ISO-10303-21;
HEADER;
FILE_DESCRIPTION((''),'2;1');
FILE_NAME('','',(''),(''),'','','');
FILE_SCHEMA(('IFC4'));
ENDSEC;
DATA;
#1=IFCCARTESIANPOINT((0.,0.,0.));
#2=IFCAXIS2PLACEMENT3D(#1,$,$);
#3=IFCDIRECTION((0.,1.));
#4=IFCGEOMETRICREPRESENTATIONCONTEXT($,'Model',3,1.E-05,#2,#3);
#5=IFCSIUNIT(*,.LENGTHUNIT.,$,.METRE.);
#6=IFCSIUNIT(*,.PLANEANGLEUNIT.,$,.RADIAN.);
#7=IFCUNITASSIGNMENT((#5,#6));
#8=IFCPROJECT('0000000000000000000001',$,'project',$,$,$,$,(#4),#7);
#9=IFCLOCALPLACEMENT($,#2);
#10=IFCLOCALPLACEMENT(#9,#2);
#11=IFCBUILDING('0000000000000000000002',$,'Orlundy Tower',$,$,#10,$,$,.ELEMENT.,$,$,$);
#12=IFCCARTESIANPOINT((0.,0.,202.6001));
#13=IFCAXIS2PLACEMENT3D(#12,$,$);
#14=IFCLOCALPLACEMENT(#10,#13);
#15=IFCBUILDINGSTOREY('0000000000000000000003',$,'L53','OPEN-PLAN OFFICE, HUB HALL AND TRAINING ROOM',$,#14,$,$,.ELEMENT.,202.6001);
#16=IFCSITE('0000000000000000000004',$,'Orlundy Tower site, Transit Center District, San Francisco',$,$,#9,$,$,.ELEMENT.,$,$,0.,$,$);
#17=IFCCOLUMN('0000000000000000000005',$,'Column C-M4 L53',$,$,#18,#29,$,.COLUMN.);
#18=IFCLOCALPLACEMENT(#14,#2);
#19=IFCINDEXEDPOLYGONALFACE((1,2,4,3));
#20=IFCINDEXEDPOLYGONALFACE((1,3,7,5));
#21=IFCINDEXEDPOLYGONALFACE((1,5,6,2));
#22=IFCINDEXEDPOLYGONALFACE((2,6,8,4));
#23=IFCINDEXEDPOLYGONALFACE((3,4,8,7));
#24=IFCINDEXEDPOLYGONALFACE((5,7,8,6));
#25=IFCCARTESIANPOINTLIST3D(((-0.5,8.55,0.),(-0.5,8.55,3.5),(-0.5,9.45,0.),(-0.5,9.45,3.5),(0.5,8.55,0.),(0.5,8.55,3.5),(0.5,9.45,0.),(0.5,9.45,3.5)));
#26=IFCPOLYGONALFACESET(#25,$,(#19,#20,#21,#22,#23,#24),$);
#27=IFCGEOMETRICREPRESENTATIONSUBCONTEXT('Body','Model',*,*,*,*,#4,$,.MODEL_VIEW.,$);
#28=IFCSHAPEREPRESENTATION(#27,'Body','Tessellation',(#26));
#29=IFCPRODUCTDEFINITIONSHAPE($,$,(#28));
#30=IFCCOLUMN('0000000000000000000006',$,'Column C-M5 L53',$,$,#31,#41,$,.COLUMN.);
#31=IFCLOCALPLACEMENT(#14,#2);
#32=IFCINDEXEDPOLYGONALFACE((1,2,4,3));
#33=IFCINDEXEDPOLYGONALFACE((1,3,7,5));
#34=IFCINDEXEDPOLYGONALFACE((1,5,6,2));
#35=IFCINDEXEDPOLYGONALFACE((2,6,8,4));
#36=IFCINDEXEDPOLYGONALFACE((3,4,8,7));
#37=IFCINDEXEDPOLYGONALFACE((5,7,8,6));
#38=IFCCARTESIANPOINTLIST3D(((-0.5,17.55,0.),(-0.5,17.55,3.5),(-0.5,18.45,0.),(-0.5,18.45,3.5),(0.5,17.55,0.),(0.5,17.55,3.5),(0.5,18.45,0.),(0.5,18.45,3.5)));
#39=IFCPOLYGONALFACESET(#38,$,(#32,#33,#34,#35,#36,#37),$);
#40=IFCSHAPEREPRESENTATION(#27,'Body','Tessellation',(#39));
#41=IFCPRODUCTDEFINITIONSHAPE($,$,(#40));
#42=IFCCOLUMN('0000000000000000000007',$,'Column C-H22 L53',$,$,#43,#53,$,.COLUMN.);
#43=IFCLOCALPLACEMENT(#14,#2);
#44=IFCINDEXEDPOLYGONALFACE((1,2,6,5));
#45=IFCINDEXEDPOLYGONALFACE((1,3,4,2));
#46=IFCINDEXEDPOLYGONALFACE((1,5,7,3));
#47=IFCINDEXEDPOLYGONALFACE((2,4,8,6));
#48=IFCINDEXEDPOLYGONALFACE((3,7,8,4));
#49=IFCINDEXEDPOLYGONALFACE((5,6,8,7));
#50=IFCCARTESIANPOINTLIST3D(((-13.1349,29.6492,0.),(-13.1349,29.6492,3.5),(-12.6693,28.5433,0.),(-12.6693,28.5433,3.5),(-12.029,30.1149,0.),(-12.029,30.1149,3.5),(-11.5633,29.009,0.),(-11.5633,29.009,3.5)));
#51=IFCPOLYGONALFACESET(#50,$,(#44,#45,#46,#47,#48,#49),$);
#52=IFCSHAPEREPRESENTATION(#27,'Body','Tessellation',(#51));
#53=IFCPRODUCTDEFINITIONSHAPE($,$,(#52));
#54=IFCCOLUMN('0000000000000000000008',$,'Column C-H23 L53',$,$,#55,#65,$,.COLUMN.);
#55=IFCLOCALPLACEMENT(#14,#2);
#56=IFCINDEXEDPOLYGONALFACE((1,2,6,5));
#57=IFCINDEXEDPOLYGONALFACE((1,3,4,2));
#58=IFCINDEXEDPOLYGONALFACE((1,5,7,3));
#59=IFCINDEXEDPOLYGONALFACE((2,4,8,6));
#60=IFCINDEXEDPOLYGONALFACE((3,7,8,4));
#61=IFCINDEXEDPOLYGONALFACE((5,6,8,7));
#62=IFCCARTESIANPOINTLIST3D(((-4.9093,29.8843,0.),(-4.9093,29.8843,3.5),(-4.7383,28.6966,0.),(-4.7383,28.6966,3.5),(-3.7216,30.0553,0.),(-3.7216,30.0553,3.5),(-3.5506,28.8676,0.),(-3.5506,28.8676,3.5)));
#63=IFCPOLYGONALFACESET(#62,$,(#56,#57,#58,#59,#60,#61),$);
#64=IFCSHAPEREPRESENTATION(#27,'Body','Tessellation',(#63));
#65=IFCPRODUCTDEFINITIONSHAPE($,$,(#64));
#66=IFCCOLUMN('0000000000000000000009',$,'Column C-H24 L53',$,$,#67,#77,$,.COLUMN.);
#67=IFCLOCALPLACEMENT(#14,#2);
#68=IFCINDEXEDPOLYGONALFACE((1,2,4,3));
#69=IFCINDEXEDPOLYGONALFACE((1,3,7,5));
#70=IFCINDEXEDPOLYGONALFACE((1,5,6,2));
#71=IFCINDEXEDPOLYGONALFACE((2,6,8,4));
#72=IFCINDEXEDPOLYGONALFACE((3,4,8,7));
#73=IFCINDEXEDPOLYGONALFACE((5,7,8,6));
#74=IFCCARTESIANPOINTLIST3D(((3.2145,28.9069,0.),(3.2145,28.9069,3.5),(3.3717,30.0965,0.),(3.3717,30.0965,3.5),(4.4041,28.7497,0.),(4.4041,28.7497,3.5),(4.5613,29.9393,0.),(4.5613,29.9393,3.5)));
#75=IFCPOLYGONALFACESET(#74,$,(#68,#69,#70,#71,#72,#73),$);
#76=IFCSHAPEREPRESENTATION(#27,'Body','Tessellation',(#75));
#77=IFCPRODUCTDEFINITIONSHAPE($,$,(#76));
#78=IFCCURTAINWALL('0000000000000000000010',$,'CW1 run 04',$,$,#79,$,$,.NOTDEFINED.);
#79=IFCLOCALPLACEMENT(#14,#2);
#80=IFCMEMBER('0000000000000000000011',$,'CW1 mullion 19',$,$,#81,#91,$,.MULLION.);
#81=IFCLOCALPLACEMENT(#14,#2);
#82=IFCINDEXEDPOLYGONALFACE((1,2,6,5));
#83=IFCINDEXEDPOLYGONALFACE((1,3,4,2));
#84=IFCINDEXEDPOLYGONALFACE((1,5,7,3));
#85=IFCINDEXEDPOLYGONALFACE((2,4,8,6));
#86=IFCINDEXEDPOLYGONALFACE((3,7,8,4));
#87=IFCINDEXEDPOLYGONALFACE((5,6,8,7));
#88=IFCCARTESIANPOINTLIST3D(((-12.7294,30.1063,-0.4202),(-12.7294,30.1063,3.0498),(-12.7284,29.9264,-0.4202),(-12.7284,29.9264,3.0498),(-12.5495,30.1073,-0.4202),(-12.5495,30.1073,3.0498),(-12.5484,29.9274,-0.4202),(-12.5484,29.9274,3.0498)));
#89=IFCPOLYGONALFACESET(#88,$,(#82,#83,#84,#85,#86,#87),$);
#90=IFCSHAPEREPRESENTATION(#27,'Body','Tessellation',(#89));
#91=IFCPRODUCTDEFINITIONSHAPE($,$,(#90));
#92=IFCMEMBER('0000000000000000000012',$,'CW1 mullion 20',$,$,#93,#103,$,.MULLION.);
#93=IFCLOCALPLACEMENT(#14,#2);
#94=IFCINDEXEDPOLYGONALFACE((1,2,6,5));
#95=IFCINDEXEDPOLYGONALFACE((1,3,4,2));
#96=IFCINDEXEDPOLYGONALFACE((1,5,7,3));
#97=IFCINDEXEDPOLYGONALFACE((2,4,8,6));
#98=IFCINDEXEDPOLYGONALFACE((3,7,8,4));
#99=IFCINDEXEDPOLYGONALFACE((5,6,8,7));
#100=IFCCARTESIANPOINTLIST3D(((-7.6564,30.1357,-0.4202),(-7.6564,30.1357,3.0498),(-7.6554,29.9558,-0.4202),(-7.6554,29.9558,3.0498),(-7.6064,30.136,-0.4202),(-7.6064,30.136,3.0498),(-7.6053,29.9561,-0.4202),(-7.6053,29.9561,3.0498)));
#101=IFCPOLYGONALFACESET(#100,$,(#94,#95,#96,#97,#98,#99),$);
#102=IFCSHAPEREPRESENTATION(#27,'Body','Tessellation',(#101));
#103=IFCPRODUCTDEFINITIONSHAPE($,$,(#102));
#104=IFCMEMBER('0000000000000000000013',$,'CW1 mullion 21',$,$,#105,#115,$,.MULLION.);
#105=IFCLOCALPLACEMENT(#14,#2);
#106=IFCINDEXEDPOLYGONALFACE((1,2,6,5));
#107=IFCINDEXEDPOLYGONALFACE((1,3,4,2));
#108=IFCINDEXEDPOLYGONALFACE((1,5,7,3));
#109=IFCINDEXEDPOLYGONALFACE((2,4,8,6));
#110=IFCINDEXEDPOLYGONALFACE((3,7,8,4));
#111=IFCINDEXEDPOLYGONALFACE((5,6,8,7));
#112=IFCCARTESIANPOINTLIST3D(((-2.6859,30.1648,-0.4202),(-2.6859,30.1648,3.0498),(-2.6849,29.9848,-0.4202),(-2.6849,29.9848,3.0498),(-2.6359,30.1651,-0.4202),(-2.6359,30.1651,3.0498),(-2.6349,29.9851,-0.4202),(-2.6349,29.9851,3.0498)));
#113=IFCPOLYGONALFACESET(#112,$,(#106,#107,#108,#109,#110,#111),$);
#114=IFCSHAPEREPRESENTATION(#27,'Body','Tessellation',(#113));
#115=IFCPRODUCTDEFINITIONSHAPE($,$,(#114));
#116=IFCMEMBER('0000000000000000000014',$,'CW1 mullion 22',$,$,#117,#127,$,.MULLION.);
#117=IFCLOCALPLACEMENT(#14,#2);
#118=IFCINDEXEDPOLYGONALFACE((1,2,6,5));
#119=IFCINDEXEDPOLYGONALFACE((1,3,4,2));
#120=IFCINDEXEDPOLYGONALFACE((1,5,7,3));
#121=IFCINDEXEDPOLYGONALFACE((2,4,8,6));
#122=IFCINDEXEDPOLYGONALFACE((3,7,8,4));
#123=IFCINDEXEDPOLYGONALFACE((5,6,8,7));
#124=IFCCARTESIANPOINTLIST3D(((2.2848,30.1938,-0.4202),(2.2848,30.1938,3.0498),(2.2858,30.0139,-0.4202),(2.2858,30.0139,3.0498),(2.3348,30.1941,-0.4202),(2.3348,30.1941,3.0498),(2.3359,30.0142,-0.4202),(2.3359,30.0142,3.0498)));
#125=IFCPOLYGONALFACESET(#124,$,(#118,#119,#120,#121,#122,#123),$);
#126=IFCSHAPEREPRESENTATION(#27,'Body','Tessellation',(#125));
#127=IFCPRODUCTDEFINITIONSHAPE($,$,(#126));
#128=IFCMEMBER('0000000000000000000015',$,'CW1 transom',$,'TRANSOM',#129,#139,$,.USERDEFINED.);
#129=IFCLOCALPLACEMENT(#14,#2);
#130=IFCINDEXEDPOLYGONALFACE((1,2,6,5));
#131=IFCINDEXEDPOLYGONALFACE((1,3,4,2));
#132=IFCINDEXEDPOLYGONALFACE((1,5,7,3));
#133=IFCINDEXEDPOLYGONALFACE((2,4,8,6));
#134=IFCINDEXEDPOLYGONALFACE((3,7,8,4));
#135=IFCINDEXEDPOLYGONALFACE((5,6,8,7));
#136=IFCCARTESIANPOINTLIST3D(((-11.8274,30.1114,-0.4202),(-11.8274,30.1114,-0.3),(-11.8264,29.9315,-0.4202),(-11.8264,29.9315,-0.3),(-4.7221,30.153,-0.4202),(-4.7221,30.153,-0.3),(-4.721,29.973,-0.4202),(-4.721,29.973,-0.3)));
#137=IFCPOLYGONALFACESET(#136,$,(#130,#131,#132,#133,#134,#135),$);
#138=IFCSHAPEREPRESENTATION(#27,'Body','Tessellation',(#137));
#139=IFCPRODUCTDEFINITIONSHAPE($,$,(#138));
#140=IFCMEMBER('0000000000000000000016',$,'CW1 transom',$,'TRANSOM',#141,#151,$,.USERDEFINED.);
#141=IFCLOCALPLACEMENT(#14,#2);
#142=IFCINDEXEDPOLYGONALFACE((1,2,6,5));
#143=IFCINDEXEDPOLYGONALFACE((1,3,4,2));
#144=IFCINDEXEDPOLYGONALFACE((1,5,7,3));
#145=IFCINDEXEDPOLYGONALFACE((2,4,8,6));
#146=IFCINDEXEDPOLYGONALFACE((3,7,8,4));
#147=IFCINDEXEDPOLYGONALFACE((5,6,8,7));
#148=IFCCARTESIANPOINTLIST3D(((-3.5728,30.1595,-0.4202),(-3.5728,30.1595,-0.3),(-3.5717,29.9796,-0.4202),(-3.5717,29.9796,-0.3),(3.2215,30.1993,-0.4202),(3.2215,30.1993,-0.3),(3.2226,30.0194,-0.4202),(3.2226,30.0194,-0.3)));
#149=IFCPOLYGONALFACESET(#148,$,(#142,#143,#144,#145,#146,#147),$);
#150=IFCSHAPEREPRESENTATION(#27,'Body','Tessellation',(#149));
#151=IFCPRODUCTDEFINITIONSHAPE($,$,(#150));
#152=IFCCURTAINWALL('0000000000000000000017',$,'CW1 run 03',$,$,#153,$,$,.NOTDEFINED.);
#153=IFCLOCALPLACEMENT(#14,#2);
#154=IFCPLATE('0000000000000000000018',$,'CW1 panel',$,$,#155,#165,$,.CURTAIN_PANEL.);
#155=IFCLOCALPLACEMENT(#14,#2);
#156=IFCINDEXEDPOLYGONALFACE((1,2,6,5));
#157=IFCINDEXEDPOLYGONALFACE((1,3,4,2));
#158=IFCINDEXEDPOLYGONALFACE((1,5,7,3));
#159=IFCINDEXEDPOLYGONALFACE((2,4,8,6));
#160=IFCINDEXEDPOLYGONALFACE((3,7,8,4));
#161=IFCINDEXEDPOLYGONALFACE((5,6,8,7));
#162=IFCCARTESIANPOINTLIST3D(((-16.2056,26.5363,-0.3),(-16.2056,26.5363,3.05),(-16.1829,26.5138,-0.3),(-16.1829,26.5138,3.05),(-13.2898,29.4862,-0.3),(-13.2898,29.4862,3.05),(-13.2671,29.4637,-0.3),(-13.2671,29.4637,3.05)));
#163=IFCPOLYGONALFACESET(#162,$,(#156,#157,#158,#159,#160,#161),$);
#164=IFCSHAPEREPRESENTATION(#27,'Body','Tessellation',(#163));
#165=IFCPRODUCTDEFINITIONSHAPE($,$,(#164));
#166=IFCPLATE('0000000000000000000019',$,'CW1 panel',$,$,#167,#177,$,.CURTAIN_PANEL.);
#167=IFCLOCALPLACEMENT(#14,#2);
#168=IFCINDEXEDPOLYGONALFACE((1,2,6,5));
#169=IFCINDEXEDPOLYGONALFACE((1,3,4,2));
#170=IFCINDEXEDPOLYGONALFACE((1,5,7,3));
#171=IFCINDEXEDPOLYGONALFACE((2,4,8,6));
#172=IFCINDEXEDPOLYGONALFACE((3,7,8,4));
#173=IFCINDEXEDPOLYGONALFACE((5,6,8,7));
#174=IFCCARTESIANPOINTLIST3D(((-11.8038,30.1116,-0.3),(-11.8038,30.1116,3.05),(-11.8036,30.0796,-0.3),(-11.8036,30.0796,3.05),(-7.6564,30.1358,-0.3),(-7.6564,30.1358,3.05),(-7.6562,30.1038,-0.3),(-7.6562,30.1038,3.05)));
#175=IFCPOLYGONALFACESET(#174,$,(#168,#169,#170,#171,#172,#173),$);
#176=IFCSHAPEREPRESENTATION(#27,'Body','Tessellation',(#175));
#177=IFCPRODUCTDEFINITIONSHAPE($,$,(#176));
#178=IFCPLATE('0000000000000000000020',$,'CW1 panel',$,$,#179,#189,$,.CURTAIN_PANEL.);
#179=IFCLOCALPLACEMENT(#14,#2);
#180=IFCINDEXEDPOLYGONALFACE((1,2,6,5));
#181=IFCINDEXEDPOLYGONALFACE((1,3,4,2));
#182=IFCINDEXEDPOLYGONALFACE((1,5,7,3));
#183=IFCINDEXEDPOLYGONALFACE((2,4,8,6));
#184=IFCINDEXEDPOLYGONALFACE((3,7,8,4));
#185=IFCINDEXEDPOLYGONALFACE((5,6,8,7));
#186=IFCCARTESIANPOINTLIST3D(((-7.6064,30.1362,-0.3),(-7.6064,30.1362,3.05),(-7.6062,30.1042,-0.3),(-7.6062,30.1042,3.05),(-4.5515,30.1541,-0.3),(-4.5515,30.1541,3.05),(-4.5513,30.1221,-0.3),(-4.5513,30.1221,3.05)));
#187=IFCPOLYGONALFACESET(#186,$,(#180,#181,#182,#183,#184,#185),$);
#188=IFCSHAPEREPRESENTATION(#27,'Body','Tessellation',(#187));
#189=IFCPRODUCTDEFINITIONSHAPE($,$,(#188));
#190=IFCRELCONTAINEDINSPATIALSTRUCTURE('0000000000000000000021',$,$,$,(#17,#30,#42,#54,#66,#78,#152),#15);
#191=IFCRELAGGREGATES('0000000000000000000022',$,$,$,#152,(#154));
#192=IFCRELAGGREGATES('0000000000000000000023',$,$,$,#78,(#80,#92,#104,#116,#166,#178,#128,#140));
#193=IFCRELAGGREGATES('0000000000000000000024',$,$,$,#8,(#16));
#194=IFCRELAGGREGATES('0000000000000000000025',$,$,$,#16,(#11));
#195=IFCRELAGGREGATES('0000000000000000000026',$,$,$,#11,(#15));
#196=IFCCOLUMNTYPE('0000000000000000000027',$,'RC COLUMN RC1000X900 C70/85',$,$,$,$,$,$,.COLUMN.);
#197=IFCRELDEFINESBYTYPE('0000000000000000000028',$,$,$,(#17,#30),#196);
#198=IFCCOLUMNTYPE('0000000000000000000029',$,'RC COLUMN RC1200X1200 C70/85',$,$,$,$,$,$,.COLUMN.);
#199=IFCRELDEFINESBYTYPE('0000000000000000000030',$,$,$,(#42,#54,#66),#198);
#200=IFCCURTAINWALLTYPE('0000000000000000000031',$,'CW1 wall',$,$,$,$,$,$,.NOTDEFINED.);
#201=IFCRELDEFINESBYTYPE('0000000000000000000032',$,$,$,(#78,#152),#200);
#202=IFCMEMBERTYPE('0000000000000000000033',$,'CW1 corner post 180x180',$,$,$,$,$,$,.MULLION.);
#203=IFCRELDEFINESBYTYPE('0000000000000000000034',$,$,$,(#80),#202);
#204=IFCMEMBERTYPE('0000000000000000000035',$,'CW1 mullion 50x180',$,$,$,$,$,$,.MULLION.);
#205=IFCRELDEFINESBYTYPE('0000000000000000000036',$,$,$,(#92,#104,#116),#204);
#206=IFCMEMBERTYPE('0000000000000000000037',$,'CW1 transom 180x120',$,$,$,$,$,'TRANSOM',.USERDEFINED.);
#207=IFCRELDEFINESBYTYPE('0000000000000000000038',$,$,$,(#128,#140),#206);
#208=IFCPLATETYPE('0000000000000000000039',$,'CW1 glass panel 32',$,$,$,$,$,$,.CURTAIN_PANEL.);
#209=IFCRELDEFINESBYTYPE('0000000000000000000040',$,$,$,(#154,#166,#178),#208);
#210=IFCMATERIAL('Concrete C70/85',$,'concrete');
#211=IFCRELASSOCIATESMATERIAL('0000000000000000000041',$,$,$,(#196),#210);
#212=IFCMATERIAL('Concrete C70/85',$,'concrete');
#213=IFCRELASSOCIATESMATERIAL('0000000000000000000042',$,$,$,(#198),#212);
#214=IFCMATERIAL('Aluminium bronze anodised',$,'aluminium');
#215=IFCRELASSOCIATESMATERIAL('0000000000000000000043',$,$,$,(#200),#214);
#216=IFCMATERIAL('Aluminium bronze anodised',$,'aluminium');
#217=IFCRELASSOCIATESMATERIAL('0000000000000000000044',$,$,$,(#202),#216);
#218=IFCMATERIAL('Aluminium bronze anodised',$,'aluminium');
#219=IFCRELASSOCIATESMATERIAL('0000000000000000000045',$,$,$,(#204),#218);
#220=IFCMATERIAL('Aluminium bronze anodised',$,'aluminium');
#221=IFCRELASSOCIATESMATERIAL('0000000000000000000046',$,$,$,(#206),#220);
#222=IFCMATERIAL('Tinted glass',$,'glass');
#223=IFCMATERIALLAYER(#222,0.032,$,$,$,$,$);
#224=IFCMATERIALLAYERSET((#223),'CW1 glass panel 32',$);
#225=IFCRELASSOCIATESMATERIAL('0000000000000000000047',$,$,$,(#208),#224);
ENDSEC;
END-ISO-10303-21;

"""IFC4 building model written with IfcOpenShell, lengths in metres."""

from ifc_helpers import new_model, si_unit, direction, frame, origin, origin_2d, place, context, subcontext, project, spatial, rectangle, extrude, material, layer, layer_set, material_profile, profile_set, type_object, element, aggregate, save


model = new_model("IFC4")

# Units and contexts
model_context = context("Model", 3, precision=1e-05, world=origin(), true_north=direction((0.0, 1.0)))
body_context = subcontext(model_context, "Body", "Model", "MODEL_VIEW")
ifc_project = project(units=[si_unit("LENGTHUNIT", "METRE"), si_unit("PLANEANGLEUNIT", "RADIAN")], contexts=[model_context])

# Site, building, storey
site_placement = place(None, origin())
site = spatial("IfcSite", under=ifc_project, at=site_placement, Name="Orlundy Tower site, Transit Center District, San Francisco", CompositionType="ELEMENT", RefElevation=0.0)
building_placement = place(site_placement, origin())
building = spatial("IfcBuilding", under=site, at=building_placement, Name="Orlundy Tower", CompositionType="ELEMENT")
storey_placement = place(building_placement, frame((0.0, 0.0, 202.6001)))
storey = spatial("IfcBuildingStorey", under=building, at=storey_placement, Name="L53", Description="OPEN-PLAN OFFICE, HUB HALL AND TRAINING ROOM", CompositionType="ELEMENT", Elevation=202.6001)

# Columns
ifc_material_1 = material(Name="Concrete C70/85", Category="concrete")
ifc_material_profile_1 = material_profile(ifc_material_1, rectangle(XDim=1.0, YDim=0.8999, at=origin_2d()), Name="RC1000X900")
ifc_profile_set_1 = profile_set([ifc_material_profile_1], Name="Concrete C70/85")
column_type_1 = type_object("IfcColumnType", Name="RC COLUMN RC1000X900 C70/85", PredefinedType="COLUMN", material=ifc_profile_set_1)
for number, where, z_axis, x_axis, name in (
    (1, (0.0, 9.0, 0.0), (0.0, 0.0, 1.0), (1.0, 0.0, 0.0), "Column C-M4 L53"),
    (2, (0.0, 18.0, 0.0), (0.0, 0.0, 1.0), (1.0, 0.0, 0.0), "Column C-M5 L53"),
):
    element("IfcColumn", number, at=place(storey_placement, frame(where, z_axis=z_axis, x_axis=x_axis)), inside=storey, type_object=column_type_1, Name=name, PredefinedType="COLUMN", context=body_context, shape_type="SweptSolid", body=[
        extrude(rectangle(XDim=1.0, YDim=0.8999, at=origin_2d()), origin(), (0.0, 0.0, 1.0), 3.5),
    ])
ifc_material_2 = material(Name="Concrete C70/85", Category="concrete")
ifc_material_profile_2 = material_profile(ifc_material_2, rectangle(XDim=1.2, YDim=1.2, at=origin_2d()), Name="RC1200X1200")
ifc_profile_set_2 = profile_set([ifc_material_profile_2], Name="Concrete C70/85")
column_type_2 = type_object("IfcColumnType", Name="RC COLUMN RC1200X1200 C70/85", PredefinedType="COLUMN", material=ifc_profile_set_2)
for number, where, z_axis, x_axis, name in (
    (3, (-12.3491, 29.3291, 0.0), (0.0, 0.0, 1.0), (-0.388063, 0.921633, 0.0), "Column C-H22 L53"),
    (4, (-4.23, 29.376, 0.0), (0.0, 0.0, 1.0), (-0.142525, 0.989791, 0.0), "Column C-H23 L53"),
    (5, (3.8879, 29.4231, 0.0), (0.0, 0.0, 1.0), (0.131011, 0.991381, 0.0), "Column C-H24 L53"),
):
    element("IfcColumn", number, at=place(storey_placement, frame(where, z_axis=z_axis, x_axis=x_axis)), inside=storey, type_object=column_type_2, Name=name, PredefinedType="COLUMN", context=body_context, shape_type="SweptSolid", body=[
        extrude(rectangle(XDim=1.2, YDim=1.2, at=origin_2d()), origin(), (0.0, 0.0, 1.0), 3.5),
    ])

# Curtain wall, members
ifc_material_3 = material(Name="Aluminium bronze anodised", Category="aluminium")
curtain_wall_type = type_object("IfcCurtainWallType", Name="CW1 wall", PredefinedType="NOTDEFINED", material=ifc_material_3)
curtain_wall_1_placement = place(storey_placement, origin())
curtain_wall_1 = element("IfcCurtainWall", 6, at=curtain_wall_1_placement, inside=storey, type_object=curtain_wall_type, Name="CW1 run 04", PredefinedType="NOTDEFINED")
ifc_material_4 = material(Name="Aluminium bronze anodised", Category="aluminium")
ifc_material_profile_3 = material_profile(ifc_material_4, rectangle(XDim=0.1799, YDim=0.1799, at=origin_2d()), Name="CW1 corner post 180x180")
ifc_profile_set_3 = profile_set([ifc_material_profile_3], Name="Aluminium bronze anodised")
member_type_1 = type_object("IfcMemberType", Name="CW1 corner post 180x180", PredefinedType="MULLION", material=ifc_profile_set_3)
member_1_placement = place(storey_placement, frame((-12.6389, 30.0168, -0.4202), z_axis=(0.0, 0.0, 1.0), x_axis=(-0.005834, 0.999983, 0.0)))
member_1 = element("IfcMember", 7, at=member_1_placement, type_object=member_type_1, Name="CW1 mullion 19", PredefinedType="MULLION", context=body_context, shape_type="SweptSolid", body=[
    extrude(rectangle(XDim=0.1799, YDim=0.1799, at=origin_2d()), origin(), (0.0, 0.0, 1.0), 3.47),
])
ifc_material_5 = material(Name="Aluminium bronze anodised", Category="aluminium")
ifc_material_profile_4 = material_profile(ifc_material_5, rectangle(XDim=0.1799, YDim=0.05, at=origin_2d()), Name="CW1 mullion 50x180")
ifc_profile_set_4 = profile_set([ifc_material_profile_4], Name="Aluminium bronze anodised")
member_type_2 = type_object("IfcMemberType", Name="CW1 mullion 50x180", PredefinedType="MULLION", material=ifc_profile_set_4)
member_2_placement = place(storey_placement, frame((-7.6309, 30.0459, -0.4202), z_axis=(0.0, 0.0, 1.0), x_axis=(-0.005834, 0.999983, 0.0)))
member_2 = element("IfcMember", 8, at=member_2_placement, type_object=member_type_2, Name="CW1 mullion 20", PredefinedType="MULLION", context=body_context, shape_type="SweptSolid", body=[
    extrude(rectangle(XDim=0.1799, YDim=0.05, at=origin_2d()), origin(), (0.0, 0.0, 1.0), 3.47),
])
member_3_placement = place(storey_placement, frame((-2.6604, 30.075, -0.4202), z_axis=(0.0, 0.0, 1.0), x_axis=(-0.005834, 0.999983, 0.0)))
member_3 = element("IfcMember", 9, at=member_3_placement, type_object=member_type_2, Name="CW1 mullion 21", PredefinedType="MULLION", context=body_context, shape_type="SweptSolid", body=[
    extrude(rectangle(XDim=0.1799, YDim=0.05, at=origin_2d()), origin(), (0.0, 0.0, 1.0), 3.47),
])
member_4_placement = place(storey_placement, frame((2.3103, 30.104, -0.4202), z_axis=(0.0, 0.0, 1.0), x_axis=(-0.005834, 0.999983, 0.0)))
member_4 = element("IfcMember", 10, at=member_4_placement, type_object=member_type_2, Name="CW1 mullion 22", PredefinedType="MULLION", context=body_context, shape_type="SweptSolid", body=[
    extrude(rectangle(XDim=0.1799, YDim=0.05, at=origin_2d()), origin(), (0.0, 0.0, 1.0), 3.47),
])
ifc_material_6 = material(Name="Aluminium bronze anodised", Category="aluminium")
ifc_material_profile_5 = material_profile(ifc_material_6, rectangle(XDim=0.1799, YDim=0.1201, at=origin_2d()), Name="CW1 transom 180x120")
ifc_profile_set_5 = profile_set([ifc_material_profile_5], Name="Aluminium bronze anodised")
member_type_3 = type_object("IfcMemberType", Name="CW1 transom 180x120", ElementType="TRANSOM", PredefinedType="USERDEFINED", material=ifc_profile_set_5)
member_5_placement = place(storey_placement, frame((-11.8269, 30.0215, -0.3601), z_axis=(0.999983, 0.005841, 0.0), x_axis=(-0.005841, 0.999983, 0.0)))
member_5 = element("IfcMember", 11, at=member_5_placement, type_object=member_type_3, Name="CW1 transom", ObjectType="TRANSOM", PredefinedType="USERDEFINED", context=body_context, shape_type="SweptSolid", body=[
    extrude(rectangle(XDim=0.1799, YDim=0.1201, at=origin_2d()), origin(), (0.0, 0.0, 1.0), 7.1055),
])
member_6_placement = place(storey_placement, frame((-3.5723, 30.0696, -0.3601), z_axis=(0.999983, 0.005857, 0.0), x_axis=(-0.005857, 0.999983, 0.0)))
member_6 = element("IfcMember", 12, at=member_6_placement, type_object=member_type_3, Name="CW1 transom", ObjectType="TRANSOM", PredefinedType="USERDEFINED", context=body_context, shape_type="SweptSolid", body=[
    extrude(rectangle(XDim=0.1799, YDim=0.1201, at=origin_2d()), origin(), (0.0, 0.0, 1.0), 6.7944),
])

# Curtain wall, plate
curtain_wall_2_placement = place(storey_placement, origin())
curtain_wall_2 = element("IfcCurtainWall", 13, at=curtain_wall_2_placement, inside=storey, type_object=curtain_wall_type, Name="CW1 run 03", PredefinedType="NOTDEFINED")
ifc_material_7 = material(Name="Tinted glass", Category="glass")
ifc_layer_1 = layer(ifc_material_7, 0.032)
ifc_layer_set_1 = layer_set([ifc_layer_1], Name="CW1 glass panel 32")
plate_type = type_object("IfcPlateType", Name="CW1 glass panel 32", PredefinedType="CURTAIN_PANEL", material=ifc_layer_set_1)
plate_1_placement = place(storey_placement, frame((-14.7363, 28.0, -0.3), z_axis=(0.0, 0.0, 1.0), x_axis=(0.702991, 0.711199, 0.0)))
plate_1 = element("IfcPlate", 14, at=plate_1_placement, type_object=plate_type, Name="CW1 panel", PredefinedType="CURTAIN_PANEL", context=body_context, shape_type="SweptSolid", body=[
    extrude(rectangle(XDim=4.1477, YDim=0.032, at=origin_2d()), origin(), (0.0, 0.0, 1.0), 3.3501),
])
aggregate(curtain_wall_2, [plate_1])

# Plates
plate_2_placement = place(storey_placement, frame((-9.73, 30.1077, -0.3), z_axis=(0.0, 0.0, 1.0), x_axis=(0.999983, 0.005834, 0.0)))
plate_2 = element("IfcPlate", 15, at=plate_2_placement, type_object=plate_type, Name="CW1 panel", PredefinedType="CURTAIN_PANEL", context=body_context, shape_type="SweptSolid", body=[
    extrude(rectangle(XDim=4.1475, YDim=0.032, at=origin_2d()), origin(), (0.0, 0.0, 1.0), 3.3501),
])
plate_3_placement = place(storey_placement, frame((-6.0789, 30.1292, -0.3), z_axis=(0.0, 0.0, 1.0), x_axis=(0.999983, 0.005834, 0.0)))
plate_3 = element("IfcPlate", 16, at=plate_3_placement, type_object=plate_type, Name="CW1 panel", PredefinedType="CURTAIN_PANEL", context=body_context, shape_type="SweptSolid", body=[
    extrude(rectangle(XDim=3.0549, YDim=0.032, at=origin_2d()), origin(), (0.0, 0.0, 1.0), 3.3501),
])
aggregate(curtain_wall_1, [member_1, member_2, member_3, member_4, plate_2, plate_3, member_5, member_6])

save(model, "model.ifc")
